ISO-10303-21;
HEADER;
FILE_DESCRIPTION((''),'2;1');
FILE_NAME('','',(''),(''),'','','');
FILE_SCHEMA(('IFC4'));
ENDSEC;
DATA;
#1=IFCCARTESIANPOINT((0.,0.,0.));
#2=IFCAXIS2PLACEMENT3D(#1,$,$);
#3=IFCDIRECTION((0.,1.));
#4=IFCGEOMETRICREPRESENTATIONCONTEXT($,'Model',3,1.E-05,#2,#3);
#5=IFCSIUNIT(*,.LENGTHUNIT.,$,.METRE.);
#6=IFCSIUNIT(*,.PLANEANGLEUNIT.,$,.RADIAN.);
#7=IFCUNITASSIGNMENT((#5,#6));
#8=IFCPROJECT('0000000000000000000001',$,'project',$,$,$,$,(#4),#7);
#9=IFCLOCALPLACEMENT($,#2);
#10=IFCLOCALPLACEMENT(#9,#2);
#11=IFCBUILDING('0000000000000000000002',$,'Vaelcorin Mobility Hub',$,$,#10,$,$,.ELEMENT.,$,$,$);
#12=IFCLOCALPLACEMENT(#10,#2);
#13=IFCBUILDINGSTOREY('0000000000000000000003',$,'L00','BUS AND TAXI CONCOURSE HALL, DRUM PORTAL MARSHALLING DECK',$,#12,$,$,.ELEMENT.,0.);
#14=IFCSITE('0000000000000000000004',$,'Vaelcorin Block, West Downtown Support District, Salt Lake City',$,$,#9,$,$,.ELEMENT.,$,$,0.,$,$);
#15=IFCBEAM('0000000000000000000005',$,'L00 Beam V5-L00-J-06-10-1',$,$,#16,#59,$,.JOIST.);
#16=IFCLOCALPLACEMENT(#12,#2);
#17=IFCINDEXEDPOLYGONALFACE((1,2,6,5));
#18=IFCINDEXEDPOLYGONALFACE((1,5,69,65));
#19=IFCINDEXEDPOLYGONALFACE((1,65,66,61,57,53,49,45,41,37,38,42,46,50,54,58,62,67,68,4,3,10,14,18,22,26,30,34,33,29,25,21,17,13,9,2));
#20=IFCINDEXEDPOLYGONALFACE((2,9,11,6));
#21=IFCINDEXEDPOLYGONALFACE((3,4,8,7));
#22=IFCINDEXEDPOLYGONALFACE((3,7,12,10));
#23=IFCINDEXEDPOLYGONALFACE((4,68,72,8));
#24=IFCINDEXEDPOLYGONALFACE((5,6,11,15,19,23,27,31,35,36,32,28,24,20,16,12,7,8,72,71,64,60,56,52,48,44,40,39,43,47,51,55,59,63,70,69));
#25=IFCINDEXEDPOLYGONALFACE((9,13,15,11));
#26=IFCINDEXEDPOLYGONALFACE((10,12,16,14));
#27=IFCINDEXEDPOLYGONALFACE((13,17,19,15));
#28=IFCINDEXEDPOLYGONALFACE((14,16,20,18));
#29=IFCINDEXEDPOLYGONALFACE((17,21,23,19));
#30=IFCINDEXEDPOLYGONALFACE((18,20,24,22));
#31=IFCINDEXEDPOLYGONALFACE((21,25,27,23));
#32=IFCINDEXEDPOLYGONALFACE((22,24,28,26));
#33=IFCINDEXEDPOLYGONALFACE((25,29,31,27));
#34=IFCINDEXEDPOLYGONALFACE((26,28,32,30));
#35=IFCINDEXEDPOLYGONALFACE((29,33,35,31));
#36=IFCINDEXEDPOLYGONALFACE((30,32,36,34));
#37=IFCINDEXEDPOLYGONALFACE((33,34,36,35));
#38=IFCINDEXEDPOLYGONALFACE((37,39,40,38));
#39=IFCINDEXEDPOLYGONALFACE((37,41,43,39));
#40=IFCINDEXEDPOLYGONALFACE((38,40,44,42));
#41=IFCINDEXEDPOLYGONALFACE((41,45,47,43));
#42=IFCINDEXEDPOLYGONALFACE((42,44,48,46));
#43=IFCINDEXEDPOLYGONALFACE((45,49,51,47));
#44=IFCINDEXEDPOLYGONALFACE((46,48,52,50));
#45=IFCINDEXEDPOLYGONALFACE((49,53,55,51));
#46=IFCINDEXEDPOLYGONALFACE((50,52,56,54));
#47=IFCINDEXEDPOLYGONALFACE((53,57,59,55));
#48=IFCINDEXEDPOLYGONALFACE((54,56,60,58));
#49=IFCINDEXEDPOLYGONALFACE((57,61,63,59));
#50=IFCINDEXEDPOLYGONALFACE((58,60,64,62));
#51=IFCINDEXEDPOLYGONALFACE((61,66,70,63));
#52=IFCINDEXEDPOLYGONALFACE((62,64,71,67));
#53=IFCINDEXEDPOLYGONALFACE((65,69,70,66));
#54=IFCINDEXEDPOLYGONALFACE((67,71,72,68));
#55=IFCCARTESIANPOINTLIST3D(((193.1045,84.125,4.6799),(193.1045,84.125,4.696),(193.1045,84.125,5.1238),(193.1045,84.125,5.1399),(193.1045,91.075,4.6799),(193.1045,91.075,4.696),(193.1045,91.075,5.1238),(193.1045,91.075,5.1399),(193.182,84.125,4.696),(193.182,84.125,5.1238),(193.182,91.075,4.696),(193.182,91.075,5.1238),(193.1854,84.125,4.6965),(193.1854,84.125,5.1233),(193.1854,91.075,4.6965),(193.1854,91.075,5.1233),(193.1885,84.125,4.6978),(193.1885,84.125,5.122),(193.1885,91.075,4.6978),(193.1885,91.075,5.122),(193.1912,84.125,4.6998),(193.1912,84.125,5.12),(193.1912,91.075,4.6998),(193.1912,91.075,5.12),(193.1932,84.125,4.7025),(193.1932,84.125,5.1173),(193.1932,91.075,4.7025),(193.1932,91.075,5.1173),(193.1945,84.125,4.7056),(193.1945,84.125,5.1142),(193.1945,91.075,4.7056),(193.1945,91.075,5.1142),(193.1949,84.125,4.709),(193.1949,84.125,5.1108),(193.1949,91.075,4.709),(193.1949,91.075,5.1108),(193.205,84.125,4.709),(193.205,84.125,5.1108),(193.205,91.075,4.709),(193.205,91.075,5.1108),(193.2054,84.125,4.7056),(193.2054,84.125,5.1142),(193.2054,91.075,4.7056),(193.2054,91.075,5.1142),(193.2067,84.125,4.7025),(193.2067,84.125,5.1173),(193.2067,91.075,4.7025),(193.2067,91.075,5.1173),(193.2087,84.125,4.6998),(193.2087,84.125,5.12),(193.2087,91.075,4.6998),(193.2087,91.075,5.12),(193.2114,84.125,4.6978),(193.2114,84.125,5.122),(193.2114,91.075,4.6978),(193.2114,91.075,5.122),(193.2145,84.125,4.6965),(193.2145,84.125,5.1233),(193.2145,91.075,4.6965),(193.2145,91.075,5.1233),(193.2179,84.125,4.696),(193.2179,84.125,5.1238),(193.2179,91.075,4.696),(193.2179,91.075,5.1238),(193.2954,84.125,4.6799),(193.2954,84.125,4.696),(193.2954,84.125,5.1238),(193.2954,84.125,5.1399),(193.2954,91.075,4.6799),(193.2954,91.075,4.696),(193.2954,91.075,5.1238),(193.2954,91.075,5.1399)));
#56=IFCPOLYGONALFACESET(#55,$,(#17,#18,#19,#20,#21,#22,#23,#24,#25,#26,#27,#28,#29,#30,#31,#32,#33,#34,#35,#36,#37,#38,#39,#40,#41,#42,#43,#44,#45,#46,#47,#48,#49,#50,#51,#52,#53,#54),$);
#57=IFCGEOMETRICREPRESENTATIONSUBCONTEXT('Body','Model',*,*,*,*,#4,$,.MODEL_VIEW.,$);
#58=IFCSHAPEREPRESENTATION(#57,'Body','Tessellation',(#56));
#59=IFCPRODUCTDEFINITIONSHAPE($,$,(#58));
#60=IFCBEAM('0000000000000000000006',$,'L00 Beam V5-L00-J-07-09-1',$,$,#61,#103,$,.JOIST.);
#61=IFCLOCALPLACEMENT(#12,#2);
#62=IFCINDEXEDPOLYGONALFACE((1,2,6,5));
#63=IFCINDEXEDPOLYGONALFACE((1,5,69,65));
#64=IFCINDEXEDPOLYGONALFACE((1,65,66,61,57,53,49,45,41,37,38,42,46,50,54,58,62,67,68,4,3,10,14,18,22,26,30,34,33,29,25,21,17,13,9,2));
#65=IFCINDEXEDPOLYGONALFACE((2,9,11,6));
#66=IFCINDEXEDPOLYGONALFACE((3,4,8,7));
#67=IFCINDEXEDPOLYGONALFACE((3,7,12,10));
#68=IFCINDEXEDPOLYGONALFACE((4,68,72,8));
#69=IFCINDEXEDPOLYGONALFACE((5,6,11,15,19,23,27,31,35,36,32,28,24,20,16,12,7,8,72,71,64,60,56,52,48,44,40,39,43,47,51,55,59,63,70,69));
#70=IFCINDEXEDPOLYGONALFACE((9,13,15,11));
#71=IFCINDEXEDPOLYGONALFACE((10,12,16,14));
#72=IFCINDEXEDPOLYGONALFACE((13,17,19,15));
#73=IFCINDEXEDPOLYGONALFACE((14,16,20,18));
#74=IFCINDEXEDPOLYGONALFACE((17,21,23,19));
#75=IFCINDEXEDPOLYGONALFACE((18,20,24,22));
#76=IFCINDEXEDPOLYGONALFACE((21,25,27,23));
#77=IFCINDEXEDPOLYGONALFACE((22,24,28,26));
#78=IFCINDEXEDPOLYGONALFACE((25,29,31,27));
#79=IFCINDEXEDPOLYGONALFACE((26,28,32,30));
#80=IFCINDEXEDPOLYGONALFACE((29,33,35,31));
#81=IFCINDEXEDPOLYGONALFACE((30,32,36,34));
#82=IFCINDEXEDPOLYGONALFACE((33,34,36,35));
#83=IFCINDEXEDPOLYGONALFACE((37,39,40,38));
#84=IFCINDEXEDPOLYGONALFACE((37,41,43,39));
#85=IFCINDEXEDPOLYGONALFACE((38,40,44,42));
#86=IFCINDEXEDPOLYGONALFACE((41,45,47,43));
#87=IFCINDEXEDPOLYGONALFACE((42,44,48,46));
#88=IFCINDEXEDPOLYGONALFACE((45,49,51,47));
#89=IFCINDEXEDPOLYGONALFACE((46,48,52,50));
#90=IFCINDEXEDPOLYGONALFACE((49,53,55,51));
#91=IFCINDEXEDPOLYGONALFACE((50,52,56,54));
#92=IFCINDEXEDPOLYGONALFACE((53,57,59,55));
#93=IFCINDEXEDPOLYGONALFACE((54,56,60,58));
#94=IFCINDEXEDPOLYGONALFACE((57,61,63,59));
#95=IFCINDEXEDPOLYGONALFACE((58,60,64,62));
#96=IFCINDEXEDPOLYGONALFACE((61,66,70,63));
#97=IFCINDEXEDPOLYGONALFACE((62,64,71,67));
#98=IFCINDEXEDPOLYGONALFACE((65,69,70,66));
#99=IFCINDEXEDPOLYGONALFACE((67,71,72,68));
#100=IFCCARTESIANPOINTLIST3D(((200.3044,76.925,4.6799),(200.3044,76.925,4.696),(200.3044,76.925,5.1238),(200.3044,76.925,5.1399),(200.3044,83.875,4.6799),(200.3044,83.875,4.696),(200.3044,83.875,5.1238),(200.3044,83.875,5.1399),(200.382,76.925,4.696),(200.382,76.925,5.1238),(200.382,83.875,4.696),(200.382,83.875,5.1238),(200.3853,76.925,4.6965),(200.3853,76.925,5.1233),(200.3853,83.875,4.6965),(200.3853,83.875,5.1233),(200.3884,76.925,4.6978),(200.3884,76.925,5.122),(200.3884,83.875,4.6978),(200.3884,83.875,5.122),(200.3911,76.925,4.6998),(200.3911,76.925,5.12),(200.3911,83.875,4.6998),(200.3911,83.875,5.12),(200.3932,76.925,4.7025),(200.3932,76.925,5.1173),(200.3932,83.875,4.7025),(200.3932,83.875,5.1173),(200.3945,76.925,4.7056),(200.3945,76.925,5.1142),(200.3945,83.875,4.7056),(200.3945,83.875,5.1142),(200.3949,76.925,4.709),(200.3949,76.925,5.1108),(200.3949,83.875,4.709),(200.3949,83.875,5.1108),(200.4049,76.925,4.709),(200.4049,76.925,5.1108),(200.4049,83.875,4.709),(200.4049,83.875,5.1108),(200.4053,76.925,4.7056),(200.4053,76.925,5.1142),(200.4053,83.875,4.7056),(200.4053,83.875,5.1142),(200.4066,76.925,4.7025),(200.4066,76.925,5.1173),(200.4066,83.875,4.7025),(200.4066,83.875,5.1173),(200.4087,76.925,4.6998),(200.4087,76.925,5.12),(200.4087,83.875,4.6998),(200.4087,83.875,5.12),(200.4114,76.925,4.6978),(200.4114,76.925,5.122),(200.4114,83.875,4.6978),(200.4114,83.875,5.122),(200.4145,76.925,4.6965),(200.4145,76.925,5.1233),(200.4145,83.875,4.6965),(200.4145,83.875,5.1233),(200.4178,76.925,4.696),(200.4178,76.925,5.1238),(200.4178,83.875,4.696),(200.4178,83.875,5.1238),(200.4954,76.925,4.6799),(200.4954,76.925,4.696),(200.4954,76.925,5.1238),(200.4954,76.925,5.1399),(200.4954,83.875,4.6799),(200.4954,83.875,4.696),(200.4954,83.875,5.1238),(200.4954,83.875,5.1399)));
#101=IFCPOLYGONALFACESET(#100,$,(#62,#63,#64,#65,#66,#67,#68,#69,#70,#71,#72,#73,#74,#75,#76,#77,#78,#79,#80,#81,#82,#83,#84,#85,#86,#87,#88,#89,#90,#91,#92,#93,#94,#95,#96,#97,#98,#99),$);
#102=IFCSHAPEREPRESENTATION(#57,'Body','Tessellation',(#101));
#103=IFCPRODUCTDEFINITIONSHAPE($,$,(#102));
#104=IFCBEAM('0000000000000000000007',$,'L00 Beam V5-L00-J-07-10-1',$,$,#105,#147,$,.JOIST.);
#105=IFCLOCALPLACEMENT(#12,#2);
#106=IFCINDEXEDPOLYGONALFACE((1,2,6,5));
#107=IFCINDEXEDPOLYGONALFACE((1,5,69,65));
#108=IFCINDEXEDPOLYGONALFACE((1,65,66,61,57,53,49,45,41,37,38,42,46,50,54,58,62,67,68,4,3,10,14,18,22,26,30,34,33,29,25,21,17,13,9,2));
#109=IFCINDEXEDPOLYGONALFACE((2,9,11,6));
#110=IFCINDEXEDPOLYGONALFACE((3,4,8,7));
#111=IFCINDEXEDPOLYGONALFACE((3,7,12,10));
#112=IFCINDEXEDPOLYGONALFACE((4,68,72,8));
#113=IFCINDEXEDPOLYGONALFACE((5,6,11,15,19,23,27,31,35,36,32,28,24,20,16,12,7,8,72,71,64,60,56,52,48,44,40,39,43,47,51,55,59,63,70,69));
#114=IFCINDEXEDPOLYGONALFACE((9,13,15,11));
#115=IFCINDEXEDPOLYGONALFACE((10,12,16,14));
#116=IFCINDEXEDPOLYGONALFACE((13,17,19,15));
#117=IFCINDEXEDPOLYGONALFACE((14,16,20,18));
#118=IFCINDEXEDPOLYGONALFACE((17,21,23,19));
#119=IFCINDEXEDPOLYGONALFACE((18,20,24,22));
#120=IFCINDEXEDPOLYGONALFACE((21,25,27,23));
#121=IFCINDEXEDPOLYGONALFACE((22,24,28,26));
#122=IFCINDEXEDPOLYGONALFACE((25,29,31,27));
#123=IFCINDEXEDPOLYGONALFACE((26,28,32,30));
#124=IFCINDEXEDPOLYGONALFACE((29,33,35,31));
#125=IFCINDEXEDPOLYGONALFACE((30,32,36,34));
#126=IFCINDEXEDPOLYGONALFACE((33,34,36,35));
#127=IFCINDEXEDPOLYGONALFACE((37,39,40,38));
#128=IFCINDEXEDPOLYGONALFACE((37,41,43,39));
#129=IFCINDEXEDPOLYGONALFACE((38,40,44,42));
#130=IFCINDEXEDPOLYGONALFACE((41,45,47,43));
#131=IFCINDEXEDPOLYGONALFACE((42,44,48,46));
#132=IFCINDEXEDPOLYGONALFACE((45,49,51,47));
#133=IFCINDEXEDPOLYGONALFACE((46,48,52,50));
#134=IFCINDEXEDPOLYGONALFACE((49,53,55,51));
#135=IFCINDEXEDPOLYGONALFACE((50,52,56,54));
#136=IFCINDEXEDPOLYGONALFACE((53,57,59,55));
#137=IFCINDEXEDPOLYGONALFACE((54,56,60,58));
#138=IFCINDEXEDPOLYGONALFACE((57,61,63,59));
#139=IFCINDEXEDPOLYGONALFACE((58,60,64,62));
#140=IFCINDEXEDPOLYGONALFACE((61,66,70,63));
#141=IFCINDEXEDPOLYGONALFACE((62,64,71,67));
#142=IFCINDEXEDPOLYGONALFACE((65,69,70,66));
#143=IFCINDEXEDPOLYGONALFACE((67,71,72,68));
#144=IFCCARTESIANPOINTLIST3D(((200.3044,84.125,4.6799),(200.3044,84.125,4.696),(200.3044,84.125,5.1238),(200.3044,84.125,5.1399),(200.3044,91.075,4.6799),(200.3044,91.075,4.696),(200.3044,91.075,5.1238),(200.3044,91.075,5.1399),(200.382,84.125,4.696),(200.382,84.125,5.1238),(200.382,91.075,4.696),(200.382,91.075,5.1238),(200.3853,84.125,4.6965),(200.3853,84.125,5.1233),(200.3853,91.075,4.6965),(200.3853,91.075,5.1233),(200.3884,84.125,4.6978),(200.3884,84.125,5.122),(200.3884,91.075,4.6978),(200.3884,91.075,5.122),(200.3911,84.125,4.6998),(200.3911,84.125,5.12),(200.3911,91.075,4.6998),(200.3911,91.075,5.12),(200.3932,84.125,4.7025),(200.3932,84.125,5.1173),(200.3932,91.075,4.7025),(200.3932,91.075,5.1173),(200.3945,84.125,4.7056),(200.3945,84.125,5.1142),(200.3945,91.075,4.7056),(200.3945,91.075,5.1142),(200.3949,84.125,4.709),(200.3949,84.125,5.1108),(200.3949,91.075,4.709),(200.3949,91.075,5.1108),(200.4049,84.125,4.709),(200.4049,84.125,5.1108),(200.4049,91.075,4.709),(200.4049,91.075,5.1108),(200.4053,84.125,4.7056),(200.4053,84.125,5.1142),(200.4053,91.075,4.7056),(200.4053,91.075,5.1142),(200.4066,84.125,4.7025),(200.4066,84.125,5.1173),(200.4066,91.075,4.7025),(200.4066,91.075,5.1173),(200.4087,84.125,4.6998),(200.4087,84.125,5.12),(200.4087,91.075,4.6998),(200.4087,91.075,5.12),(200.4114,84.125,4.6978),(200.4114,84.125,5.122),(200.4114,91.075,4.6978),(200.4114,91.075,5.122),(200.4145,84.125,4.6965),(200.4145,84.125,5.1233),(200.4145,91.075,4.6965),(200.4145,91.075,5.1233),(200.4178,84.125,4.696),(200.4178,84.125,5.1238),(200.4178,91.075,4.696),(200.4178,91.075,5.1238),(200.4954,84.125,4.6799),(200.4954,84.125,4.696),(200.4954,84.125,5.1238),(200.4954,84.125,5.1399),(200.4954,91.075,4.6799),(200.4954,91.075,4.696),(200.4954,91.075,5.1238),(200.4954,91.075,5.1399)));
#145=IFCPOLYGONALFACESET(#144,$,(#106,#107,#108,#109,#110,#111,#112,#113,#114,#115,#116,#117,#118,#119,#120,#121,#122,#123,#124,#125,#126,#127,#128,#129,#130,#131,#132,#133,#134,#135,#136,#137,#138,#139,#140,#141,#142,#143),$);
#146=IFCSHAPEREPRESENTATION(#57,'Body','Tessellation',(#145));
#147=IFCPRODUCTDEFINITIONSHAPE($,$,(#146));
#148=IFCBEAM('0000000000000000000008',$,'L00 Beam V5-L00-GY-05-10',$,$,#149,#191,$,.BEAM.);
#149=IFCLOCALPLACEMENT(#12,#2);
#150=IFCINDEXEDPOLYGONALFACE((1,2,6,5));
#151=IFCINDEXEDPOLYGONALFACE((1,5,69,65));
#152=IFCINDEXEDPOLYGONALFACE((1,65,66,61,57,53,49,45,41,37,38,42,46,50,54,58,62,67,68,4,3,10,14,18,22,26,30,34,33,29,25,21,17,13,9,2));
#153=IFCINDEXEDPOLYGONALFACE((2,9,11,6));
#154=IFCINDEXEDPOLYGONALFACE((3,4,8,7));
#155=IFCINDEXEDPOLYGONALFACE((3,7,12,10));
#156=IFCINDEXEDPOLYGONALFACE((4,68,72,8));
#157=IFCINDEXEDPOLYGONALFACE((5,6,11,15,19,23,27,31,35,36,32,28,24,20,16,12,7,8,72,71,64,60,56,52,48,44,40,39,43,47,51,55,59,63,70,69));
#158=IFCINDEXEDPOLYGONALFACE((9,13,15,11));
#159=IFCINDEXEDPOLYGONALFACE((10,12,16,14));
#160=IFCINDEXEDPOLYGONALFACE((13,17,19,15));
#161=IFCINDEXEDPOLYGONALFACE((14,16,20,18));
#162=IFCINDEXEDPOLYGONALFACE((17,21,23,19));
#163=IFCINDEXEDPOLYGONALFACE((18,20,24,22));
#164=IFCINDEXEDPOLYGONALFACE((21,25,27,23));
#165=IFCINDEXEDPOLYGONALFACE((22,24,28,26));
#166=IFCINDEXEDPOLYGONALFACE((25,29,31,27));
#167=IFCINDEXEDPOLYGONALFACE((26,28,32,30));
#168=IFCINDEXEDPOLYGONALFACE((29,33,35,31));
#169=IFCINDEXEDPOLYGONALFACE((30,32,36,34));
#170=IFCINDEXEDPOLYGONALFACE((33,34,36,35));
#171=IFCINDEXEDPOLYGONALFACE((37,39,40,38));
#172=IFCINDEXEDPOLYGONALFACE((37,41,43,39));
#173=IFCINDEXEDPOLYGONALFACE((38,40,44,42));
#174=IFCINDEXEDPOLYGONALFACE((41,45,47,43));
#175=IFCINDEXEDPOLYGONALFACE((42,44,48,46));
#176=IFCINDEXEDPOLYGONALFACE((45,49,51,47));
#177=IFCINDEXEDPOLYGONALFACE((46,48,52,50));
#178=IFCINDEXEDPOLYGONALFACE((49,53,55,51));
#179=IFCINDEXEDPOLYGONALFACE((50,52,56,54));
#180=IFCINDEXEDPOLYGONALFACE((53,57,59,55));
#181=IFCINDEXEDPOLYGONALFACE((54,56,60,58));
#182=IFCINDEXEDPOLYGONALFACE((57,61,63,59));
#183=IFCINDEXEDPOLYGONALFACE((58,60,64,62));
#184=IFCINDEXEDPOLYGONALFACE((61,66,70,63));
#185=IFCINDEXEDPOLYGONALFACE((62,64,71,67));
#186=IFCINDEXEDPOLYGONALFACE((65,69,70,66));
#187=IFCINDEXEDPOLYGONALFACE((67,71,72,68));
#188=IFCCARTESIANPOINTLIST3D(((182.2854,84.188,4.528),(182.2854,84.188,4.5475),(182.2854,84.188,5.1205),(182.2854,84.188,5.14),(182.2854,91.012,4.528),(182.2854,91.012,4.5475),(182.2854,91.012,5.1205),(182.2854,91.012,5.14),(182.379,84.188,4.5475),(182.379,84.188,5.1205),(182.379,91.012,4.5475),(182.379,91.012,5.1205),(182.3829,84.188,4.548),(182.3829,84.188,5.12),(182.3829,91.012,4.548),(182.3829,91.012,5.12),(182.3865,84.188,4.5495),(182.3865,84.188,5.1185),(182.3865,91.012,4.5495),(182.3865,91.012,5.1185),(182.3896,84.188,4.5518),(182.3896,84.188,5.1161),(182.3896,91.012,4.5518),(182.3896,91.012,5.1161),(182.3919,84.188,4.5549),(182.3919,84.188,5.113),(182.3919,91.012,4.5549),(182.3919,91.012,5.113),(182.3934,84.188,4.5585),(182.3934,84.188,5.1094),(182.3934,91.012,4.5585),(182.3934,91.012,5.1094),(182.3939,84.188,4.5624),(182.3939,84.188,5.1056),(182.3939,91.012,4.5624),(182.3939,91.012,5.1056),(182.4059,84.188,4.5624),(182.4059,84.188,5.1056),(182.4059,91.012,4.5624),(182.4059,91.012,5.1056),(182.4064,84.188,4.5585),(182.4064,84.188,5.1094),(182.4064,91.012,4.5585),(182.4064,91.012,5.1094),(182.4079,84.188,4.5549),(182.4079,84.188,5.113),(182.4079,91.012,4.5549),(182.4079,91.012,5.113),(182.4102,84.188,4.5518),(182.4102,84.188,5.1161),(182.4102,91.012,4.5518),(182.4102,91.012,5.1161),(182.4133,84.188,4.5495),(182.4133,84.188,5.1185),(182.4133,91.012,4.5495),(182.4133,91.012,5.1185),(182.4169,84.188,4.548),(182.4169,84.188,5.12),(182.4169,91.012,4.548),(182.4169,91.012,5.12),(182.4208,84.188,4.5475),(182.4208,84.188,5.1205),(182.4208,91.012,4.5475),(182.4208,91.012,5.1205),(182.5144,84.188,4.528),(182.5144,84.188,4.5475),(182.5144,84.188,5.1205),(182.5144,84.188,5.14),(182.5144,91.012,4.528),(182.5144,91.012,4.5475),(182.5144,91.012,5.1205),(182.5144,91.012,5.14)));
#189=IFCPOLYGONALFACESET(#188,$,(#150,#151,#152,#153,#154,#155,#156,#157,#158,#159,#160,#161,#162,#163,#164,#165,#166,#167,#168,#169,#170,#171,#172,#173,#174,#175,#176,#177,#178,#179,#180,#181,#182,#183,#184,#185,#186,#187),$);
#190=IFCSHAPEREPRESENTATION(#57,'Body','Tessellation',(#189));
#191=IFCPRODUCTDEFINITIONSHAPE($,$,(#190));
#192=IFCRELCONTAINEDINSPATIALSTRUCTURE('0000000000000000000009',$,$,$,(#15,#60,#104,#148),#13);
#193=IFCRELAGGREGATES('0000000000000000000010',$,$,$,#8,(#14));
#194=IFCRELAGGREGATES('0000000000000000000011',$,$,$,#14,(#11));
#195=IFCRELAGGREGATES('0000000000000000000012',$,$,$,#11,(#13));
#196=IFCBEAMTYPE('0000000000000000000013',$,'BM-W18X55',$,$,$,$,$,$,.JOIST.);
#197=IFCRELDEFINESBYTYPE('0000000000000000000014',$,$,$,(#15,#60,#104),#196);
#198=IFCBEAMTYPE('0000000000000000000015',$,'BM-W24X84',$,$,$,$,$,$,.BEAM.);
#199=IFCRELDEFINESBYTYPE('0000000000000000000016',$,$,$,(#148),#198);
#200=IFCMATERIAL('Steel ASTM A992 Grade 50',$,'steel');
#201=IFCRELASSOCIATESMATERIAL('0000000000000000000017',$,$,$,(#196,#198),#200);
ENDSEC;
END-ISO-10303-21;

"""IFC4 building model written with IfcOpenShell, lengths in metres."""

from ifc_helpers import new_model, si_unit, direction, frame, origin, origin_2d, place, context, subcontext, project, spatial, i_section, extrude, material, material_profile, profile_set, type_object, element, save


model = new_model("IFC4")

# Units and contexts
model_context = context("Model", 3, precision=1e-05, world=origin(), true_north=direction((0.0, 1.0)))
body_context = subcontext(model_context, "Body", "Model", "MODEL_VIEW")
ifc_project = project(units=[si_unit("LENGTHUNIT", "METRE"), si_unit("PLANEANGLEUNIT", "RADIAN")], contexts=[model_context])

# Site, building, storey
site_placement = place(None, origin())
site = spatial("IfcSite", under=ifc_project, at=site_placement, Name="Vaelcorin Block, West Downtown Support District, Salt Lake City", CompositionType="ELEMENT", RefElevation=0.0)
building_placement = place(site_placement, origin())
building = spatial("IfcBuilding", under=site, at=building_placement, Name="Vaelcorin Mobility Hub", CompositionType="ELEMENT")
storey_placement = place(building_placement, origin())
storey = spatial("IfcBuildingStorey", under=building, at=storey_placement, Name="L00", Description="BUS AND TAXI CONCOURSE HALL, DRUM PORTAL MARSHALLING DECK", CompositionType="ELEMENT", Elevation=0.0)

# Shared definitions
ifc_material_1 = material(Name="Steel ASTM A992 Grade 50", Category="steel")

# Beams
ifc_material_profile_1 = material_profile(ifc_material_1, i_section(OverallWidth=0.1909, OverallDepth=0.46, WebThickness=0.01, FlangeThickness=0.0161, FilletRadius=0.0129, at=origin_2d()), Name="W18X55")
ifc_profile_set_1 = profile_set([ifc_material_profile_1], Name="Steel ASTM A992 Grade 50")
beam_type_1 = type_object("IfcBeamType", Name="BM-W18X55", PredefinedType="JOIST", material=ifc_profile_set_1)
for number, where, z_axis, x_axis, name in (
    (1, (193.2, 84.125, 4.9099), (0.0, 1.0, 0.0), (-1.0, 0.0, 0.0), "L00 Beam V5-L00-J-06-10-1"),
    (2, (200.3999, 76.925, 4.9099), (0.0, 1.0, 0.0), (-1.0, 0.0, 0.0), "L00 Beam V5-L00-J-07-09-1"),
    (3, (200.3999, 84.125, 4.9099), (0.0, 1.0, 0.0), (-1.0, 0.0, 0.0), "L00 Beam V5-L00-J-07-10-1"),
):
    element("IfcBeam", number, at=place(storey_placement, frame(where, z_axis=z_axis, x_axis=x_axis)), inside=storey, type_object=beam_type_1, Name=name, PredefinedType="JOIST", context=body_context, shape_type="SweptSolid", body=[
        extrude(i_section(OverallWidth=0.1909, OverallDepth=0.46, WebThickness=0.01, FlangeThickness=0.0161, FilletRadius=0.0129, at=origin_2d()), origin(), (0.0, 0.0, 1.0), 6.95),
    ])
ifc_material_profile_2 = material_profile(ifc_material_1, i_section(OverallWidth=0.229, OverallDepth=0.6121, WebThickness=0.012, FlangeThickness=0.0195, FilletRadius=0.0149, at=origin_2d()), Name="W24X84")
ifc_profile_set_2 = profile_set([ifc_material_profile_2], Name="Steel ASTM A992 Grade 50")
beam_type_2 = type_object("IfcBeamType", Name="BM-W24X84", PredefinedType="BEAM", material=ifc_profile_set_2)
for number, where, z_axis, x_axis, name in (
    (4, (182.3999, 84.188, 4.834), (0.0, 1.0, 0.0), (-1.0, 0.0, 0.0), "L00 Beam V5-L00-GY-05-10"),
):
    element("IfcBeam", number, at=place(storey_placement, frame(where, z_axis=z_axis, x_axis=x_axis)), inside=storey, type_object=beam_type_2, Name=name, PredefinedType="BEAM", context=body_context, shape_type="SweptSolid", body=[
        extrude(i_section(OverallWidth=0.229, OverallDepth=0.6121, WebThickness=0.012, FlangeThickness=0.0195, FilletRadius=0.0149, at=origin_2d()), origin(), (0.0, 0.0, 1.0), 6.824),
    ])

save(model, "model.ifc")
